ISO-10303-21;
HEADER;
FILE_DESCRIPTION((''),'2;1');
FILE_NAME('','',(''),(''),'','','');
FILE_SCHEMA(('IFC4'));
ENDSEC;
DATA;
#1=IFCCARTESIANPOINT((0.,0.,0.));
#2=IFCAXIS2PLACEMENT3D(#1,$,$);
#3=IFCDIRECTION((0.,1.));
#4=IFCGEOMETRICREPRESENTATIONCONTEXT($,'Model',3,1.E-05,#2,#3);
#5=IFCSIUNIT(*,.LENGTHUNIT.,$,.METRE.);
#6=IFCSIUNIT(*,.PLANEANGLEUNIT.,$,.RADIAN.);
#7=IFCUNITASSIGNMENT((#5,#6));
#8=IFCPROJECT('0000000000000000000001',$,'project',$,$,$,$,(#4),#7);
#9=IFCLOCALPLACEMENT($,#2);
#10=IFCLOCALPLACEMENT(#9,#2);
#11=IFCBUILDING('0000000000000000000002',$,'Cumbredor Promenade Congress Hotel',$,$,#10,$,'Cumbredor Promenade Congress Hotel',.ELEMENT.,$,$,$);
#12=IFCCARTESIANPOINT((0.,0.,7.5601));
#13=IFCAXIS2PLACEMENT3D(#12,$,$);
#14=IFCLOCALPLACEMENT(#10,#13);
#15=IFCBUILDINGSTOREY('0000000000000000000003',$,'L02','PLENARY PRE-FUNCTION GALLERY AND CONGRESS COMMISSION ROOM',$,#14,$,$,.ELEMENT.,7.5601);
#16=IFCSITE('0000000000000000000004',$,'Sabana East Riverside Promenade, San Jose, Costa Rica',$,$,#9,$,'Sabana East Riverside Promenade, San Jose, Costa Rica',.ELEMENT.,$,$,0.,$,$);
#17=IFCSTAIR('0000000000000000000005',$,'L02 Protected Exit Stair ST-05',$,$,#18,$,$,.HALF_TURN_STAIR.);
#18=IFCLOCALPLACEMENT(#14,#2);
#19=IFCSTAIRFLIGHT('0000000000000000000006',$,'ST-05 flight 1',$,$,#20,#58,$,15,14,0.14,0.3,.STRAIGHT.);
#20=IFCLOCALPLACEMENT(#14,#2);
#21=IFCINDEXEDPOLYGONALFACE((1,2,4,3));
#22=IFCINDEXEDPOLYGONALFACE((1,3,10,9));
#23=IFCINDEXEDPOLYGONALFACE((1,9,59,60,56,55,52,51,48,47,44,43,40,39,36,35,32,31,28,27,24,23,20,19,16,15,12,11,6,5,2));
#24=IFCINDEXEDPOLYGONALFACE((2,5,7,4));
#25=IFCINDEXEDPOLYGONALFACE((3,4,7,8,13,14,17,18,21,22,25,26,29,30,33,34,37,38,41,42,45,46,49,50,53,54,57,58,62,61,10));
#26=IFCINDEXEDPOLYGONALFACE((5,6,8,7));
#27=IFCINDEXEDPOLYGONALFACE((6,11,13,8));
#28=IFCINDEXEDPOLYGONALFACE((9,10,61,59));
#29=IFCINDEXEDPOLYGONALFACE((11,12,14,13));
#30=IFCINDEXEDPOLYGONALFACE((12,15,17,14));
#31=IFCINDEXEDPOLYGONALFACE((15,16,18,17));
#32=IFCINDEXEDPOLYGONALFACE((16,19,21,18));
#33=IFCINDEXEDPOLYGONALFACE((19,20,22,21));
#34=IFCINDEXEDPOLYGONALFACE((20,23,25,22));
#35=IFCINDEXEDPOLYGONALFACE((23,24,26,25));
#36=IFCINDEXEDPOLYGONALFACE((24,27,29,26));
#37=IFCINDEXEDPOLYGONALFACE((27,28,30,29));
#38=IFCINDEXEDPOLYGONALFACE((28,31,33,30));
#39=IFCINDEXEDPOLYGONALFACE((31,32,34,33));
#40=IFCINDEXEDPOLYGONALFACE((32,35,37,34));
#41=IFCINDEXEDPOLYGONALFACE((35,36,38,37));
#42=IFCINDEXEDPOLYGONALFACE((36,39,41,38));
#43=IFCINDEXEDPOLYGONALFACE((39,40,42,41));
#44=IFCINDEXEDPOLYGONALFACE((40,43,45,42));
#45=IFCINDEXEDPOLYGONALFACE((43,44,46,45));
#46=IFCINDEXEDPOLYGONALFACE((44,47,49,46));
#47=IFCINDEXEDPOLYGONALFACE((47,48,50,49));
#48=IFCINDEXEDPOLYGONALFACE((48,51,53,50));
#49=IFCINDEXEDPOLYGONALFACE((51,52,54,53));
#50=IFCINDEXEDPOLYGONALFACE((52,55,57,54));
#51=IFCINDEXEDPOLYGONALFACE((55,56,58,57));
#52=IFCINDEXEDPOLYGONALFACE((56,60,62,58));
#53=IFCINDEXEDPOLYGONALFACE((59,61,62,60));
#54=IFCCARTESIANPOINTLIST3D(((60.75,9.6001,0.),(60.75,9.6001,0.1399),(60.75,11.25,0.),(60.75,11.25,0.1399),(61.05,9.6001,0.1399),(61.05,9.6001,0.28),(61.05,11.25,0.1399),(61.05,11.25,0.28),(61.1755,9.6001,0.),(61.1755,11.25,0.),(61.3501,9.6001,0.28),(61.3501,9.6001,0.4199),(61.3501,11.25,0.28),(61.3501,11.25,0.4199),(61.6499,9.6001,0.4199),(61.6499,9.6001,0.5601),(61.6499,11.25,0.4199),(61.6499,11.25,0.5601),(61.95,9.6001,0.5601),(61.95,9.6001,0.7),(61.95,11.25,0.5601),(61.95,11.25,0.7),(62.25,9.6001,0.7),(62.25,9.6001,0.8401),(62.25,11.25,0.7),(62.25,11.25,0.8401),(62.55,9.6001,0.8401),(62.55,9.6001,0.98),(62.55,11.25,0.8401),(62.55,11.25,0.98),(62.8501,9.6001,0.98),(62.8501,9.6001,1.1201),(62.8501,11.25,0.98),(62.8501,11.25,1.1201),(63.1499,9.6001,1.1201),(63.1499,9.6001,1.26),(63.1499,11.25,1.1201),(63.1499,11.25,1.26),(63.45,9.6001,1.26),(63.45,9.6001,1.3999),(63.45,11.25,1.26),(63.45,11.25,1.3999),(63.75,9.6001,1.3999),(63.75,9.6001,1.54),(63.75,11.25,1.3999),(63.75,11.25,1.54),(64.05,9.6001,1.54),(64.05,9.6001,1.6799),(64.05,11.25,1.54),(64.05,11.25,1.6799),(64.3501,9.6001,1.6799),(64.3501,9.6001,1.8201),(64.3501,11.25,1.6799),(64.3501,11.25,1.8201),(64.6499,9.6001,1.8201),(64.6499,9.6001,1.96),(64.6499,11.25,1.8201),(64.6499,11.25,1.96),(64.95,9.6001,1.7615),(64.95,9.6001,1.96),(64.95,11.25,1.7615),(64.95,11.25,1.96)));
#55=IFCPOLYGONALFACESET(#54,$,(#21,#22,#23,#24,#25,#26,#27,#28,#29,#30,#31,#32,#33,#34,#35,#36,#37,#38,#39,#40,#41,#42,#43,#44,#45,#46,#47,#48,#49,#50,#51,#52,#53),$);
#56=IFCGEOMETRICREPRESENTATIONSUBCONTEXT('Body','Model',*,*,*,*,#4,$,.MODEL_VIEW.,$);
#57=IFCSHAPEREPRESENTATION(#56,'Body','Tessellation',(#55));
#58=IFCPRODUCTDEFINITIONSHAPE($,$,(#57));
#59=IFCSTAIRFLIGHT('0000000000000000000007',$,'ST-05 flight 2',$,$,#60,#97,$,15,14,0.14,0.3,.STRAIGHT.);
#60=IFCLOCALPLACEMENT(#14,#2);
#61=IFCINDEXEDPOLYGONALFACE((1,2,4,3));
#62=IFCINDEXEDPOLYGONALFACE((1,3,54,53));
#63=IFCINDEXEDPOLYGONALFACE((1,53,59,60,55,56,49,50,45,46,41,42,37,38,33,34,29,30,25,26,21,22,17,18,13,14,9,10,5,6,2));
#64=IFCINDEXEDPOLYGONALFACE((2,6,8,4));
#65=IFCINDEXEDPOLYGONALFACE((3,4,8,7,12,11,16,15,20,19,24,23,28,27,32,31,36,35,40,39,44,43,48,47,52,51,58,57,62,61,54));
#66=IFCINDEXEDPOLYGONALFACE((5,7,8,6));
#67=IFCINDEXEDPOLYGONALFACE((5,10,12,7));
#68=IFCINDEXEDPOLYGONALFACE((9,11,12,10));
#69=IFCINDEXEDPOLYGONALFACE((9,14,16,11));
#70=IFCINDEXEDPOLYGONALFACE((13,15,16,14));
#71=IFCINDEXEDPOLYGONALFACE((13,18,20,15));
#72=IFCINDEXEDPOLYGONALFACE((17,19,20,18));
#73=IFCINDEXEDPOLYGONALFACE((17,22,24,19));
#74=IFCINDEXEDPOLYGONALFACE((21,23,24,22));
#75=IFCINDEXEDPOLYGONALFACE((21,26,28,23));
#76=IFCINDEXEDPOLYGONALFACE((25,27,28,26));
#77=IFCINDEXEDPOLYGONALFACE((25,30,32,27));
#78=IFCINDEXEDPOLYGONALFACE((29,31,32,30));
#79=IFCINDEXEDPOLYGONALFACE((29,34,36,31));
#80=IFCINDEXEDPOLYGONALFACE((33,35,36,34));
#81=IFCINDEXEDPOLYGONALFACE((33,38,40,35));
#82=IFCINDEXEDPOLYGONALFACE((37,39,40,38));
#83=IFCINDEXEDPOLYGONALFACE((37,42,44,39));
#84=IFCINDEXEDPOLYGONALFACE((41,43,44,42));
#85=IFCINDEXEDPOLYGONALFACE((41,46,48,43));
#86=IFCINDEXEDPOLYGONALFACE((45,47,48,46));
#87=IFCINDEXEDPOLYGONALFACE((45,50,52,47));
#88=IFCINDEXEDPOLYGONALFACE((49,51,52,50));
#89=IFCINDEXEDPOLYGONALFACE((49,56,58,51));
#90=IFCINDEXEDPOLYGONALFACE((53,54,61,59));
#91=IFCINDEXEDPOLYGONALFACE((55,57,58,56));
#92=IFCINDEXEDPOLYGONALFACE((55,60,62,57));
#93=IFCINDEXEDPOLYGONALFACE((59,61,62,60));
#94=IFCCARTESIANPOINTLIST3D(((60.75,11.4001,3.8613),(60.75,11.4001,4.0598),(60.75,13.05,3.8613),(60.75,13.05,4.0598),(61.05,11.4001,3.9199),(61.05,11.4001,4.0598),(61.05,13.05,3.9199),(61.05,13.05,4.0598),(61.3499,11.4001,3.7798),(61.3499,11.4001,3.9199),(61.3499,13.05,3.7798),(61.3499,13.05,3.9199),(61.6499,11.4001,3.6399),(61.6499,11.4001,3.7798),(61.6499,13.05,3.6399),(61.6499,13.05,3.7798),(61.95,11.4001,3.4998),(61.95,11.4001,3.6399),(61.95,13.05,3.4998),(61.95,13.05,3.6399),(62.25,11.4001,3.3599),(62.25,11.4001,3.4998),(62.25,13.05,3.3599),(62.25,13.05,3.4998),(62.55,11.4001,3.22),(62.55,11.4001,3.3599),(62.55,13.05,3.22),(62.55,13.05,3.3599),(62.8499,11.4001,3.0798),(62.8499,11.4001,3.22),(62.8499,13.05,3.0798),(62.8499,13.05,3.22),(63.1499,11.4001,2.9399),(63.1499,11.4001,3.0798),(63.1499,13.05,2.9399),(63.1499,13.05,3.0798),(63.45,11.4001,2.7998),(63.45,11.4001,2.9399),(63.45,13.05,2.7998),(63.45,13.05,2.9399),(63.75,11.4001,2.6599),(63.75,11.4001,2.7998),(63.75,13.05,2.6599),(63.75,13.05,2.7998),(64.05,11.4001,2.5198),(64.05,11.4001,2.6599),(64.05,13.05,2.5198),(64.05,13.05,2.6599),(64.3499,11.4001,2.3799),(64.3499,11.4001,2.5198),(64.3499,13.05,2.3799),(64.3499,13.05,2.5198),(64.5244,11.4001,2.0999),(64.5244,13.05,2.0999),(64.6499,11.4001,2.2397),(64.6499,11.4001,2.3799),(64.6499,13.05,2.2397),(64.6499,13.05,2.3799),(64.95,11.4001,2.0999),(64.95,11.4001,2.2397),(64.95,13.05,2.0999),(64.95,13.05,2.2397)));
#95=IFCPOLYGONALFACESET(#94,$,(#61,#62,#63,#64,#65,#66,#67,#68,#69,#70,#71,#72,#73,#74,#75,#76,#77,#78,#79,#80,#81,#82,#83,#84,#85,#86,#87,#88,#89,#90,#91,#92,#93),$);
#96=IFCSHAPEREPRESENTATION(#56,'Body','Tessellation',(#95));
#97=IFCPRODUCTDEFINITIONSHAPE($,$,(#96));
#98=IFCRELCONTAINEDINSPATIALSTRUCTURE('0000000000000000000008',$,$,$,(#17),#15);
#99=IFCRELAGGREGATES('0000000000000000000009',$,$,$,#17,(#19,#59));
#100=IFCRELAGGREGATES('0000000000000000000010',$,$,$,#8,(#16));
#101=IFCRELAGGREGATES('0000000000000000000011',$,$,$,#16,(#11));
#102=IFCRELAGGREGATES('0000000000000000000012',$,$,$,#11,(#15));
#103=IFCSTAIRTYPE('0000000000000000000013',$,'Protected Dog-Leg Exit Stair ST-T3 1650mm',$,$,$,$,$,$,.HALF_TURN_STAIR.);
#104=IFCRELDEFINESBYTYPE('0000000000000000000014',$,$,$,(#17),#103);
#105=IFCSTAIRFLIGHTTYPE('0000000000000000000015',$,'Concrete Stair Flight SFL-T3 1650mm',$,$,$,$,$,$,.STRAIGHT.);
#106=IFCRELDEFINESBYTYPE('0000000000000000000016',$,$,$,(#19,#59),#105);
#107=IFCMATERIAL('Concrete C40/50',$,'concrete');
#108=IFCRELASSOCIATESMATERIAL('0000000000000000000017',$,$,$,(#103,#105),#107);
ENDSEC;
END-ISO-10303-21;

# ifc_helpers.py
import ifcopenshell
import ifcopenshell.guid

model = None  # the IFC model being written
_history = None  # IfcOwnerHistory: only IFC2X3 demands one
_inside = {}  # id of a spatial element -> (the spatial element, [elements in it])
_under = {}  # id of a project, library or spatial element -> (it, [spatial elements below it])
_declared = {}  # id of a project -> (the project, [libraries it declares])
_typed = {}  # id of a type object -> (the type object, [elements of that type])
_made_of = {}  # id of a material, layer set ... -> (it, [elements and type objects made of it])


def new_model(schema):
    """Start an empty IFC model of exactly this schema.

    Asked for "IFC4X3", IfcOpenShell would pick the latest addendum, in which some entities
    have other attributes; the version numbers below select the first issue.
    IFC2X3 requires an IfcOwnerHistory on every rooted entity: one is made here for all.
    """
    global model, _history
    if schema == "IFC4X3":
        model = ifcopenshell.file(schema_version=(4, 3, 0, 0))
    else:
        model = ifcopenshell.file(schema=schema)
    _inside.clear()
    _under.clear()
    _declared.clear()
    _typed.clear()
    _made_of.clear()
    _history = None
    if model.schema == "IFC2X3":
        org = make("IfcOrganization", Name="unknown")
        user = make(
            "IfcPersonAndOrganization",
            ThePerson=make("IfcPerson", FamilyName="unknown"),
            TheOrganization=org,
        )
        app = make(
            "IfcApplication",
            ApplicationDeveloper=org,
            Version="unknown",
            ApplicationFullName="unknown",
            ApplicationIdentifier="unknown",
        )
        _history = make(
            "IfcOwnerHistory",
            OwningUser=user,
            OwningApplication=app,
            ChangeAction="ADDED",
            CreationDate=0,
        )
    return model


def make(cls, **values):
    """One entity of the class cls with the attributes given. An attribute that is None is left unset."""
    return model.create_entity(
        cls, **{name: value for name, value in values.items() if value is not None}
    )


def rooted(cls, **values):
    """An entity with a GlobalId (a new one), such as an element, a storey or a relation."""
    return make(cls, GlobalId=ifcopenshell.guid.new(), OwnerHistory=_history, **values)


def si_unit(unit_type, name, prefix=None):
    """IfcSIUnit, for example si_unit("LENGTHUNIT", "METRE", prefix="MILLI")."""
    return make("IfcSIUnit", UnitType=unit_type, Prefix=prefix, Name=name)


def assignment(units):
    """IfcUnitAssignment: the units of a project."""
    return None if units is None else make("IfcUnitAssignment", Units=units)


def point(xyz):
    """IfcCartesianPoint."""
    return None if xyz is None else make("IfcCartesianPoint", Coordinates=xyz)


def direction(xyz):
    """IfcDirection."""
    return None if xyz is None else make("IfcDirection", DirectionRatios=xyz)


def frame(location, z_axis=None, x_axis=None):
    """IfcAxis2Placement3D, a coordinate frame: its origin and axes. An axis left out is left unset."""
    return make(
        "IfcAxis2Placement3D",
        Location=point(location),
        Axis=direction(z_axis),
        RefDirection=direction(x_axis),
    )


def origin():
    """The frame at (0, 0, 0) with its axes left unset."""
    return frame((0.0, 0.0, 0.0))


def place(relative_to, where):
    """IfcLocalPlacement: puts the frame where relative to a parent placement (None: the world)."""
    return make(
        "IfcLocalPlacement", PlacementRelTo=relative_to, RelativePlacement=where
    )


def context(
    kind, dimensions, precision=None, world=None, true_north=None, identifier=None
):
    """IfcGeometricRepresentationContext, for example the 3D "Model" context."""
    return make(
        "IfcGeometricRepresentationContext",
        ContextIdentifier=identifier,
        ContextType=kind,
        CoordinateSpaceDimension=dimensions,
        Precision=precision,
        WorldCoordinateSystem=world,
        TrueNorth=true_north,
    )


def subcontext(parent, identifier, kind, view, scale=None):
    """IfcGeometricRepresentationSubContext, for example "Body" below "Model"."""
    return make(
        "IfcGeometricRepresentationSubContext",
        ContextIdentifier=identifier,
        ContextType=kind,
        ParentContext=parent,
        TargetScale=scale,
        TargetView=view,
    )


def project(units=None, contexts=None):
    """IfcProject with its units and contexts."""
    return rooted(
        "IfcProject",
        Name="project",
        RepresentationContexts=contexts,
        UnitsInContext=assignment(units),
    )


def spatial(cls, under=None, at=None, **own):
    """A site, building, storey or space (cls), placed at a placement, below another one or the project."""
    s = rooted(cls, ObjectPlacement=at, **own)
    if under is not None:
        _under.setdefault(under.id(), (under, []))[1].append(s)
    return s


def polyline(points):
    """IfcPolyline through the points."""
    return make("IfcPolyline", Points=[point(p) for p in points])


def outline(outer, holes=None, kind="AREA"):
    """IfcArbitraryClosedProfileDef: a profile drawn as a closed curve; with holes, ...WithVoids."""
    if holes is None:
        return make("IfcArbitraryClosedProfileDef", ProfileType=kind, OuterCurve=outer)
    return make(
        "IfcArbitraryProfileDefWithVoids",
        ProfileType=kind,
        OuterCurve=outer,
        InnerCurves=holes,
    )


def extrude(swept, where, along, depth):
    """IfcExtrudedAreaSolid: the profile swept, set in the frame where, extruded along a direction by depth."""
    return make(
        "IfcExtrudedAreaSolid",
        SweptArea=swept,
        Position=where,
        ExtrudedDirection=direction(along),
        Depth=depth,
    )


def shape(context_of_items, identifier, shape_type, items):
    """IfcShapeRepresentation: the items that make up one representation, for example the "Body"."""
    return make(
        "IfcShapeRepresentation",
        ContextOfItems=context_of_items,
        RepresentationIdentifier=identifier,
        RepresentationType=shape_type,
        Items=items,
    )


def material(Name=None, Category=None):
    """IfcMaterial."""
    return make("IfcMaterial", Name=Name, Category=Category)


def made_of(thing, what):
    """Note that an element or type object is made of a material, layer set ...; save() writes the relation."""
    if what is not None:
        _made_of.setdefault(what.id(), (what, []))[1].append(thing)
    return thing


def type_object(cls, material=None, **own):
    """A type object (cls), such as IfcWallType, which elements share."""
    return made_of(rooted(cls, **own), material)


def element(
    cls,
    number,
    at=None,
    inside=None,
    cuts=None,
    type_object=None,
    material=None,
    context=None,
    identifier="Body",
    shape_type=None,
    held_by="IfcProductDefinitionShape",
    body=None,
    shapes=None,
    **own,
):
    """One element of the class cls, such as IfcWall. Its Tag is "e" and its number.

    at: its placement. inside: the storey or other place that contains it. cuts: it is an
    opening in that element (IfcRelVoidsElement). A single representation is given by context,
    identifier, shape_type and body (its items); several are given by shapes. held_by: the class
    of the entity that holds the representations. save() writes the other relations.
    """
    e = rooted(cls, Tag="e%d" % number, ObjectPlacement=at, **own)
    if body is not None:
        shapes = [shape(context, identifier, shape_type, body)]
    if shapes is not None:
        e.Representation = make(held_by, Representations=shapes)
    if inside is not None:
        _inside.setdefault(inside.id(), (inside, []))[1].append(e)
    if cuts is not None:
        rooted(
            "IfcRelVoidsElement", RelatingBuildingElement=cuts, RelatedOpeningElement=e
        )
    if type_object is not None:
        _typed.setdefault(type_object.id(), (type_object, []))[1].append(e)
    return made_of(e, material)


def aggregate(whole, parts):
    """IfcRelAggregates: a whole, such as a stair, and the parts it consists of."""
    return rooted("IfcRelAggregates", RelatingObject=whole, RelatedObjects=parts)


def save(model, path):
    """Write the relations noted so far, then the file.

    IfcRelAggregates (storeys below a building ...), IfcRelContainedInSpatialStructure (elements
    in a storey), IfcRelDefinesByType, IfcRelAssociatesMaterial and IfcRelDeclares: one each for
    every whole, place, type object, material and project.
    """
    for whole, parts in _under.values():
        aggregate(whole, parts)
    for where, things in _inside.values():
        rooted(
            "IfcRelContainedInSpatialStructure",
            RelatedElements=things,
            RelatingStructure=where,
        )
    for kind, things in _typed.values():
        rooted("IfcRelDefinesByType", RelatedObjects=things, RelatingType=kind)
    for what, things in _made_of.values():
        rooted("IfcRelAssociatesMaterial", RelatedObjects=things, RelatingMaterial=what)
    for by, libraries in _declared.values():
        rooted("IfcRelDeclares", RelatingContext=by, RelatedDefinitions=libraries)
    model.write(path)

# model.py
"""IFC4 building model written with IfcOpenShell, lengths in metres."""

from ifc_helpers import new_model, si_unit, direction, frame, origin, place, context, subcontext, project, spatial, polyline, outline, extrude, material, type_object, element, aggregate, save


model = new_model("IFC4")

# Units and contexts
model_context = context("Model", 3, precision=1e-05, world=origin(), true_north=direction((0.0, 1.0)))
body_context = subcontext(model_context, "Body", "Model", "MODEL_VIEW")
ifc_project = project(units=[si_unit("LENGTHUNIT", "METRE"), si_unit("PLANEANGLEUNIT", "RADIAN")], contexts=[model_context])

# Site, building, storey
site_placement = place(None, origin())
site = spatial("IfcSite", under=ifc_project, at=site_placement, Name="Sabana East Riverside Promenade, San Jose, Costa Rica", LongName="Sabana East Riverside Promenade, San Jose, Costa Rica", CompositionType="ELEMENT", RefElevation=0.0)
building_placement = place(site_placement, origin())
building = spatial("IfcBuilding", under=site, at=building_placement, Name="Cumbredor Promenade Congress Hotel", LongName="Cumbredor Promenade Congress Hotel", CompositionType="ELEMENT")
storey_placement = place(building_placement, frame((0.0, 0.0, 7.5601)))
storey = spatial("IfcBuildingStorey", under=building, at=storey_placement, Name="L02", Description="PLENARY PRE-FUNCTION GALLERY AND CONGRESS COMMISSION ROOM", CompositionType="ELEMENT", Elevation=7.5601)

# Shared definitions
ifc_material_1 = material(Name="Concrete C40/50", Category="concrete")

# Stair, stair flights
stair_type = type_object("IfcStairType", Name="Protected Dog-Leg Exit Stair ST-T3 1650mm", PredefinedType="HALF_TURN_STAIR", material=ifc_material_1)
stair_placement = place(storey_placement, origin())
stair = element("IfcStair", 1, at=stair_placement, inside=storey, type_object=stair_type, Name="L02 Protected Exit Stair ST-05", PredefinedType="HALF_TURN_STAIR")
stair_flight_type = type_object("IfcStairFlightType", Name="Concrete Stair Flight SFL-T3 1650mm", PredefinedType="STRAIGHT", material=ifc_material_1)
stair_flight_1_placement = place(storey_placement, frame((60.75, 10.425, 0.0), z_axis=(0.0, 0.0, 1.0), x_axis=(1.0, 0.0, 0.0)))
stair_flight_1 = element("IfcStairFlight", 2, at=stair_flight_1_placement, type_object=stair_flight_type, Name="ST-05 flight 1", NumberOfRisers=15, NumberOfTreads=14, PredefinedType="STRAIGHT", RiserHeight=0.14, TreadLength=0.3, context=body_context, shape_type="SweptSolid", body=[
    extrude(outline(polyline([(0.0, 0.0), (0.0, 0.1399), (0.3, 0.1399), (0.3, 0.28), (0.6001, 0.28), (0.6001, 0.4199), (0.8999, 0.4199), (0.8999, 0.5601), (1.2, 0.5601), (1.2, 0.7), (1.5, 0.7), (1.5, 0.8401), (1.8, 0.8401), (1.8, 0.98), (2.1001, 0.98), (2.1001, 1.1201), (2.3999, 1.1201), (2.3999, 1.26), (2.7, 1.26), (2.7, 1.3999), (3.0, 1.3999), (3.0, 1.54), (3.3, 1.54), (3.3, 1.6799), (3.6001, 1.6799), (3.6001, 1.8201), (3.8999, 1.8201), (3.8999, 1.96), (4.2, 1.96), (4.2, 2.1001), (4.2, 1.7615), (0.4255, 0.0), (0.0, 0.0)])), frame((0.0, 0.825, 0.0), z_axis=(0.0, -1.0, 0.0), x_axis=(1.0, 0.0, 0.0)), (0.0, 0.0, 1.0), 1.6499),
])
stair_flight_2_placement = place(storey_placement, frame((64.95, 12.2251, 2.0999), z_axis=(0.0, 0.0, 1.0), x_axis=(-1.0, 0.0, 0.0)))
stair_flight_2 = element("IfcStairFlight", 3, at=stair_flight_2_placement, type_object=stair_flight_type, Name="ST-05 flight 2", NumberOfRisers=15, NumberOfTreads=14, PredefinedType="STRAIGHT", RiserHeight=0.14, TreadLength=0.3, context=body_context, shape_type="SweptSolid", body=[
    extrude(outline(polyline([(0.0, 0.0), (0.0, 0.1399), (0.3, 0.1399), (0.3, 0.28), (0.6001, 0.28), (0.6001, 0.4199), (0.8999, 0.4199), (0.8999, 0.5601), (1.2, 0.5601), (1.2, 0.7), (1.5, 0.7), (1.5, 0.8401), (1.8, 0.8401), (1.8, 0.98), (2.1001, 0.98), (2.1001, 1.1201), (2.3999, 1.1201), (2.3999, 1.26), (2.7, 1.26), (2.7, 1.3999), (3.0, 1.3999), (3.0, 1.54), (3.3, 1.54), (3.3, 1.6799), (3.6001, 1.6799), (3.6001, 1.8201), (3.8999, 1.8201), (3.8999, 1.96), (4.2, 1.96), (4.2, 2.1001), (4.2, 1.7615), (0.4255, 0.0), (0.0, 0.0)])), frame((0.0, 0.825, 0.0), z_axis=(0.0, -1.0, 0.0), x_axis=(1.0, 0.0, 0.0)), (0.0, 0.0, 1.0), 1.6499),
])
aggregate(stair, [stair_flight_1, stair_flight_2])

save(model, "model.ifc")
